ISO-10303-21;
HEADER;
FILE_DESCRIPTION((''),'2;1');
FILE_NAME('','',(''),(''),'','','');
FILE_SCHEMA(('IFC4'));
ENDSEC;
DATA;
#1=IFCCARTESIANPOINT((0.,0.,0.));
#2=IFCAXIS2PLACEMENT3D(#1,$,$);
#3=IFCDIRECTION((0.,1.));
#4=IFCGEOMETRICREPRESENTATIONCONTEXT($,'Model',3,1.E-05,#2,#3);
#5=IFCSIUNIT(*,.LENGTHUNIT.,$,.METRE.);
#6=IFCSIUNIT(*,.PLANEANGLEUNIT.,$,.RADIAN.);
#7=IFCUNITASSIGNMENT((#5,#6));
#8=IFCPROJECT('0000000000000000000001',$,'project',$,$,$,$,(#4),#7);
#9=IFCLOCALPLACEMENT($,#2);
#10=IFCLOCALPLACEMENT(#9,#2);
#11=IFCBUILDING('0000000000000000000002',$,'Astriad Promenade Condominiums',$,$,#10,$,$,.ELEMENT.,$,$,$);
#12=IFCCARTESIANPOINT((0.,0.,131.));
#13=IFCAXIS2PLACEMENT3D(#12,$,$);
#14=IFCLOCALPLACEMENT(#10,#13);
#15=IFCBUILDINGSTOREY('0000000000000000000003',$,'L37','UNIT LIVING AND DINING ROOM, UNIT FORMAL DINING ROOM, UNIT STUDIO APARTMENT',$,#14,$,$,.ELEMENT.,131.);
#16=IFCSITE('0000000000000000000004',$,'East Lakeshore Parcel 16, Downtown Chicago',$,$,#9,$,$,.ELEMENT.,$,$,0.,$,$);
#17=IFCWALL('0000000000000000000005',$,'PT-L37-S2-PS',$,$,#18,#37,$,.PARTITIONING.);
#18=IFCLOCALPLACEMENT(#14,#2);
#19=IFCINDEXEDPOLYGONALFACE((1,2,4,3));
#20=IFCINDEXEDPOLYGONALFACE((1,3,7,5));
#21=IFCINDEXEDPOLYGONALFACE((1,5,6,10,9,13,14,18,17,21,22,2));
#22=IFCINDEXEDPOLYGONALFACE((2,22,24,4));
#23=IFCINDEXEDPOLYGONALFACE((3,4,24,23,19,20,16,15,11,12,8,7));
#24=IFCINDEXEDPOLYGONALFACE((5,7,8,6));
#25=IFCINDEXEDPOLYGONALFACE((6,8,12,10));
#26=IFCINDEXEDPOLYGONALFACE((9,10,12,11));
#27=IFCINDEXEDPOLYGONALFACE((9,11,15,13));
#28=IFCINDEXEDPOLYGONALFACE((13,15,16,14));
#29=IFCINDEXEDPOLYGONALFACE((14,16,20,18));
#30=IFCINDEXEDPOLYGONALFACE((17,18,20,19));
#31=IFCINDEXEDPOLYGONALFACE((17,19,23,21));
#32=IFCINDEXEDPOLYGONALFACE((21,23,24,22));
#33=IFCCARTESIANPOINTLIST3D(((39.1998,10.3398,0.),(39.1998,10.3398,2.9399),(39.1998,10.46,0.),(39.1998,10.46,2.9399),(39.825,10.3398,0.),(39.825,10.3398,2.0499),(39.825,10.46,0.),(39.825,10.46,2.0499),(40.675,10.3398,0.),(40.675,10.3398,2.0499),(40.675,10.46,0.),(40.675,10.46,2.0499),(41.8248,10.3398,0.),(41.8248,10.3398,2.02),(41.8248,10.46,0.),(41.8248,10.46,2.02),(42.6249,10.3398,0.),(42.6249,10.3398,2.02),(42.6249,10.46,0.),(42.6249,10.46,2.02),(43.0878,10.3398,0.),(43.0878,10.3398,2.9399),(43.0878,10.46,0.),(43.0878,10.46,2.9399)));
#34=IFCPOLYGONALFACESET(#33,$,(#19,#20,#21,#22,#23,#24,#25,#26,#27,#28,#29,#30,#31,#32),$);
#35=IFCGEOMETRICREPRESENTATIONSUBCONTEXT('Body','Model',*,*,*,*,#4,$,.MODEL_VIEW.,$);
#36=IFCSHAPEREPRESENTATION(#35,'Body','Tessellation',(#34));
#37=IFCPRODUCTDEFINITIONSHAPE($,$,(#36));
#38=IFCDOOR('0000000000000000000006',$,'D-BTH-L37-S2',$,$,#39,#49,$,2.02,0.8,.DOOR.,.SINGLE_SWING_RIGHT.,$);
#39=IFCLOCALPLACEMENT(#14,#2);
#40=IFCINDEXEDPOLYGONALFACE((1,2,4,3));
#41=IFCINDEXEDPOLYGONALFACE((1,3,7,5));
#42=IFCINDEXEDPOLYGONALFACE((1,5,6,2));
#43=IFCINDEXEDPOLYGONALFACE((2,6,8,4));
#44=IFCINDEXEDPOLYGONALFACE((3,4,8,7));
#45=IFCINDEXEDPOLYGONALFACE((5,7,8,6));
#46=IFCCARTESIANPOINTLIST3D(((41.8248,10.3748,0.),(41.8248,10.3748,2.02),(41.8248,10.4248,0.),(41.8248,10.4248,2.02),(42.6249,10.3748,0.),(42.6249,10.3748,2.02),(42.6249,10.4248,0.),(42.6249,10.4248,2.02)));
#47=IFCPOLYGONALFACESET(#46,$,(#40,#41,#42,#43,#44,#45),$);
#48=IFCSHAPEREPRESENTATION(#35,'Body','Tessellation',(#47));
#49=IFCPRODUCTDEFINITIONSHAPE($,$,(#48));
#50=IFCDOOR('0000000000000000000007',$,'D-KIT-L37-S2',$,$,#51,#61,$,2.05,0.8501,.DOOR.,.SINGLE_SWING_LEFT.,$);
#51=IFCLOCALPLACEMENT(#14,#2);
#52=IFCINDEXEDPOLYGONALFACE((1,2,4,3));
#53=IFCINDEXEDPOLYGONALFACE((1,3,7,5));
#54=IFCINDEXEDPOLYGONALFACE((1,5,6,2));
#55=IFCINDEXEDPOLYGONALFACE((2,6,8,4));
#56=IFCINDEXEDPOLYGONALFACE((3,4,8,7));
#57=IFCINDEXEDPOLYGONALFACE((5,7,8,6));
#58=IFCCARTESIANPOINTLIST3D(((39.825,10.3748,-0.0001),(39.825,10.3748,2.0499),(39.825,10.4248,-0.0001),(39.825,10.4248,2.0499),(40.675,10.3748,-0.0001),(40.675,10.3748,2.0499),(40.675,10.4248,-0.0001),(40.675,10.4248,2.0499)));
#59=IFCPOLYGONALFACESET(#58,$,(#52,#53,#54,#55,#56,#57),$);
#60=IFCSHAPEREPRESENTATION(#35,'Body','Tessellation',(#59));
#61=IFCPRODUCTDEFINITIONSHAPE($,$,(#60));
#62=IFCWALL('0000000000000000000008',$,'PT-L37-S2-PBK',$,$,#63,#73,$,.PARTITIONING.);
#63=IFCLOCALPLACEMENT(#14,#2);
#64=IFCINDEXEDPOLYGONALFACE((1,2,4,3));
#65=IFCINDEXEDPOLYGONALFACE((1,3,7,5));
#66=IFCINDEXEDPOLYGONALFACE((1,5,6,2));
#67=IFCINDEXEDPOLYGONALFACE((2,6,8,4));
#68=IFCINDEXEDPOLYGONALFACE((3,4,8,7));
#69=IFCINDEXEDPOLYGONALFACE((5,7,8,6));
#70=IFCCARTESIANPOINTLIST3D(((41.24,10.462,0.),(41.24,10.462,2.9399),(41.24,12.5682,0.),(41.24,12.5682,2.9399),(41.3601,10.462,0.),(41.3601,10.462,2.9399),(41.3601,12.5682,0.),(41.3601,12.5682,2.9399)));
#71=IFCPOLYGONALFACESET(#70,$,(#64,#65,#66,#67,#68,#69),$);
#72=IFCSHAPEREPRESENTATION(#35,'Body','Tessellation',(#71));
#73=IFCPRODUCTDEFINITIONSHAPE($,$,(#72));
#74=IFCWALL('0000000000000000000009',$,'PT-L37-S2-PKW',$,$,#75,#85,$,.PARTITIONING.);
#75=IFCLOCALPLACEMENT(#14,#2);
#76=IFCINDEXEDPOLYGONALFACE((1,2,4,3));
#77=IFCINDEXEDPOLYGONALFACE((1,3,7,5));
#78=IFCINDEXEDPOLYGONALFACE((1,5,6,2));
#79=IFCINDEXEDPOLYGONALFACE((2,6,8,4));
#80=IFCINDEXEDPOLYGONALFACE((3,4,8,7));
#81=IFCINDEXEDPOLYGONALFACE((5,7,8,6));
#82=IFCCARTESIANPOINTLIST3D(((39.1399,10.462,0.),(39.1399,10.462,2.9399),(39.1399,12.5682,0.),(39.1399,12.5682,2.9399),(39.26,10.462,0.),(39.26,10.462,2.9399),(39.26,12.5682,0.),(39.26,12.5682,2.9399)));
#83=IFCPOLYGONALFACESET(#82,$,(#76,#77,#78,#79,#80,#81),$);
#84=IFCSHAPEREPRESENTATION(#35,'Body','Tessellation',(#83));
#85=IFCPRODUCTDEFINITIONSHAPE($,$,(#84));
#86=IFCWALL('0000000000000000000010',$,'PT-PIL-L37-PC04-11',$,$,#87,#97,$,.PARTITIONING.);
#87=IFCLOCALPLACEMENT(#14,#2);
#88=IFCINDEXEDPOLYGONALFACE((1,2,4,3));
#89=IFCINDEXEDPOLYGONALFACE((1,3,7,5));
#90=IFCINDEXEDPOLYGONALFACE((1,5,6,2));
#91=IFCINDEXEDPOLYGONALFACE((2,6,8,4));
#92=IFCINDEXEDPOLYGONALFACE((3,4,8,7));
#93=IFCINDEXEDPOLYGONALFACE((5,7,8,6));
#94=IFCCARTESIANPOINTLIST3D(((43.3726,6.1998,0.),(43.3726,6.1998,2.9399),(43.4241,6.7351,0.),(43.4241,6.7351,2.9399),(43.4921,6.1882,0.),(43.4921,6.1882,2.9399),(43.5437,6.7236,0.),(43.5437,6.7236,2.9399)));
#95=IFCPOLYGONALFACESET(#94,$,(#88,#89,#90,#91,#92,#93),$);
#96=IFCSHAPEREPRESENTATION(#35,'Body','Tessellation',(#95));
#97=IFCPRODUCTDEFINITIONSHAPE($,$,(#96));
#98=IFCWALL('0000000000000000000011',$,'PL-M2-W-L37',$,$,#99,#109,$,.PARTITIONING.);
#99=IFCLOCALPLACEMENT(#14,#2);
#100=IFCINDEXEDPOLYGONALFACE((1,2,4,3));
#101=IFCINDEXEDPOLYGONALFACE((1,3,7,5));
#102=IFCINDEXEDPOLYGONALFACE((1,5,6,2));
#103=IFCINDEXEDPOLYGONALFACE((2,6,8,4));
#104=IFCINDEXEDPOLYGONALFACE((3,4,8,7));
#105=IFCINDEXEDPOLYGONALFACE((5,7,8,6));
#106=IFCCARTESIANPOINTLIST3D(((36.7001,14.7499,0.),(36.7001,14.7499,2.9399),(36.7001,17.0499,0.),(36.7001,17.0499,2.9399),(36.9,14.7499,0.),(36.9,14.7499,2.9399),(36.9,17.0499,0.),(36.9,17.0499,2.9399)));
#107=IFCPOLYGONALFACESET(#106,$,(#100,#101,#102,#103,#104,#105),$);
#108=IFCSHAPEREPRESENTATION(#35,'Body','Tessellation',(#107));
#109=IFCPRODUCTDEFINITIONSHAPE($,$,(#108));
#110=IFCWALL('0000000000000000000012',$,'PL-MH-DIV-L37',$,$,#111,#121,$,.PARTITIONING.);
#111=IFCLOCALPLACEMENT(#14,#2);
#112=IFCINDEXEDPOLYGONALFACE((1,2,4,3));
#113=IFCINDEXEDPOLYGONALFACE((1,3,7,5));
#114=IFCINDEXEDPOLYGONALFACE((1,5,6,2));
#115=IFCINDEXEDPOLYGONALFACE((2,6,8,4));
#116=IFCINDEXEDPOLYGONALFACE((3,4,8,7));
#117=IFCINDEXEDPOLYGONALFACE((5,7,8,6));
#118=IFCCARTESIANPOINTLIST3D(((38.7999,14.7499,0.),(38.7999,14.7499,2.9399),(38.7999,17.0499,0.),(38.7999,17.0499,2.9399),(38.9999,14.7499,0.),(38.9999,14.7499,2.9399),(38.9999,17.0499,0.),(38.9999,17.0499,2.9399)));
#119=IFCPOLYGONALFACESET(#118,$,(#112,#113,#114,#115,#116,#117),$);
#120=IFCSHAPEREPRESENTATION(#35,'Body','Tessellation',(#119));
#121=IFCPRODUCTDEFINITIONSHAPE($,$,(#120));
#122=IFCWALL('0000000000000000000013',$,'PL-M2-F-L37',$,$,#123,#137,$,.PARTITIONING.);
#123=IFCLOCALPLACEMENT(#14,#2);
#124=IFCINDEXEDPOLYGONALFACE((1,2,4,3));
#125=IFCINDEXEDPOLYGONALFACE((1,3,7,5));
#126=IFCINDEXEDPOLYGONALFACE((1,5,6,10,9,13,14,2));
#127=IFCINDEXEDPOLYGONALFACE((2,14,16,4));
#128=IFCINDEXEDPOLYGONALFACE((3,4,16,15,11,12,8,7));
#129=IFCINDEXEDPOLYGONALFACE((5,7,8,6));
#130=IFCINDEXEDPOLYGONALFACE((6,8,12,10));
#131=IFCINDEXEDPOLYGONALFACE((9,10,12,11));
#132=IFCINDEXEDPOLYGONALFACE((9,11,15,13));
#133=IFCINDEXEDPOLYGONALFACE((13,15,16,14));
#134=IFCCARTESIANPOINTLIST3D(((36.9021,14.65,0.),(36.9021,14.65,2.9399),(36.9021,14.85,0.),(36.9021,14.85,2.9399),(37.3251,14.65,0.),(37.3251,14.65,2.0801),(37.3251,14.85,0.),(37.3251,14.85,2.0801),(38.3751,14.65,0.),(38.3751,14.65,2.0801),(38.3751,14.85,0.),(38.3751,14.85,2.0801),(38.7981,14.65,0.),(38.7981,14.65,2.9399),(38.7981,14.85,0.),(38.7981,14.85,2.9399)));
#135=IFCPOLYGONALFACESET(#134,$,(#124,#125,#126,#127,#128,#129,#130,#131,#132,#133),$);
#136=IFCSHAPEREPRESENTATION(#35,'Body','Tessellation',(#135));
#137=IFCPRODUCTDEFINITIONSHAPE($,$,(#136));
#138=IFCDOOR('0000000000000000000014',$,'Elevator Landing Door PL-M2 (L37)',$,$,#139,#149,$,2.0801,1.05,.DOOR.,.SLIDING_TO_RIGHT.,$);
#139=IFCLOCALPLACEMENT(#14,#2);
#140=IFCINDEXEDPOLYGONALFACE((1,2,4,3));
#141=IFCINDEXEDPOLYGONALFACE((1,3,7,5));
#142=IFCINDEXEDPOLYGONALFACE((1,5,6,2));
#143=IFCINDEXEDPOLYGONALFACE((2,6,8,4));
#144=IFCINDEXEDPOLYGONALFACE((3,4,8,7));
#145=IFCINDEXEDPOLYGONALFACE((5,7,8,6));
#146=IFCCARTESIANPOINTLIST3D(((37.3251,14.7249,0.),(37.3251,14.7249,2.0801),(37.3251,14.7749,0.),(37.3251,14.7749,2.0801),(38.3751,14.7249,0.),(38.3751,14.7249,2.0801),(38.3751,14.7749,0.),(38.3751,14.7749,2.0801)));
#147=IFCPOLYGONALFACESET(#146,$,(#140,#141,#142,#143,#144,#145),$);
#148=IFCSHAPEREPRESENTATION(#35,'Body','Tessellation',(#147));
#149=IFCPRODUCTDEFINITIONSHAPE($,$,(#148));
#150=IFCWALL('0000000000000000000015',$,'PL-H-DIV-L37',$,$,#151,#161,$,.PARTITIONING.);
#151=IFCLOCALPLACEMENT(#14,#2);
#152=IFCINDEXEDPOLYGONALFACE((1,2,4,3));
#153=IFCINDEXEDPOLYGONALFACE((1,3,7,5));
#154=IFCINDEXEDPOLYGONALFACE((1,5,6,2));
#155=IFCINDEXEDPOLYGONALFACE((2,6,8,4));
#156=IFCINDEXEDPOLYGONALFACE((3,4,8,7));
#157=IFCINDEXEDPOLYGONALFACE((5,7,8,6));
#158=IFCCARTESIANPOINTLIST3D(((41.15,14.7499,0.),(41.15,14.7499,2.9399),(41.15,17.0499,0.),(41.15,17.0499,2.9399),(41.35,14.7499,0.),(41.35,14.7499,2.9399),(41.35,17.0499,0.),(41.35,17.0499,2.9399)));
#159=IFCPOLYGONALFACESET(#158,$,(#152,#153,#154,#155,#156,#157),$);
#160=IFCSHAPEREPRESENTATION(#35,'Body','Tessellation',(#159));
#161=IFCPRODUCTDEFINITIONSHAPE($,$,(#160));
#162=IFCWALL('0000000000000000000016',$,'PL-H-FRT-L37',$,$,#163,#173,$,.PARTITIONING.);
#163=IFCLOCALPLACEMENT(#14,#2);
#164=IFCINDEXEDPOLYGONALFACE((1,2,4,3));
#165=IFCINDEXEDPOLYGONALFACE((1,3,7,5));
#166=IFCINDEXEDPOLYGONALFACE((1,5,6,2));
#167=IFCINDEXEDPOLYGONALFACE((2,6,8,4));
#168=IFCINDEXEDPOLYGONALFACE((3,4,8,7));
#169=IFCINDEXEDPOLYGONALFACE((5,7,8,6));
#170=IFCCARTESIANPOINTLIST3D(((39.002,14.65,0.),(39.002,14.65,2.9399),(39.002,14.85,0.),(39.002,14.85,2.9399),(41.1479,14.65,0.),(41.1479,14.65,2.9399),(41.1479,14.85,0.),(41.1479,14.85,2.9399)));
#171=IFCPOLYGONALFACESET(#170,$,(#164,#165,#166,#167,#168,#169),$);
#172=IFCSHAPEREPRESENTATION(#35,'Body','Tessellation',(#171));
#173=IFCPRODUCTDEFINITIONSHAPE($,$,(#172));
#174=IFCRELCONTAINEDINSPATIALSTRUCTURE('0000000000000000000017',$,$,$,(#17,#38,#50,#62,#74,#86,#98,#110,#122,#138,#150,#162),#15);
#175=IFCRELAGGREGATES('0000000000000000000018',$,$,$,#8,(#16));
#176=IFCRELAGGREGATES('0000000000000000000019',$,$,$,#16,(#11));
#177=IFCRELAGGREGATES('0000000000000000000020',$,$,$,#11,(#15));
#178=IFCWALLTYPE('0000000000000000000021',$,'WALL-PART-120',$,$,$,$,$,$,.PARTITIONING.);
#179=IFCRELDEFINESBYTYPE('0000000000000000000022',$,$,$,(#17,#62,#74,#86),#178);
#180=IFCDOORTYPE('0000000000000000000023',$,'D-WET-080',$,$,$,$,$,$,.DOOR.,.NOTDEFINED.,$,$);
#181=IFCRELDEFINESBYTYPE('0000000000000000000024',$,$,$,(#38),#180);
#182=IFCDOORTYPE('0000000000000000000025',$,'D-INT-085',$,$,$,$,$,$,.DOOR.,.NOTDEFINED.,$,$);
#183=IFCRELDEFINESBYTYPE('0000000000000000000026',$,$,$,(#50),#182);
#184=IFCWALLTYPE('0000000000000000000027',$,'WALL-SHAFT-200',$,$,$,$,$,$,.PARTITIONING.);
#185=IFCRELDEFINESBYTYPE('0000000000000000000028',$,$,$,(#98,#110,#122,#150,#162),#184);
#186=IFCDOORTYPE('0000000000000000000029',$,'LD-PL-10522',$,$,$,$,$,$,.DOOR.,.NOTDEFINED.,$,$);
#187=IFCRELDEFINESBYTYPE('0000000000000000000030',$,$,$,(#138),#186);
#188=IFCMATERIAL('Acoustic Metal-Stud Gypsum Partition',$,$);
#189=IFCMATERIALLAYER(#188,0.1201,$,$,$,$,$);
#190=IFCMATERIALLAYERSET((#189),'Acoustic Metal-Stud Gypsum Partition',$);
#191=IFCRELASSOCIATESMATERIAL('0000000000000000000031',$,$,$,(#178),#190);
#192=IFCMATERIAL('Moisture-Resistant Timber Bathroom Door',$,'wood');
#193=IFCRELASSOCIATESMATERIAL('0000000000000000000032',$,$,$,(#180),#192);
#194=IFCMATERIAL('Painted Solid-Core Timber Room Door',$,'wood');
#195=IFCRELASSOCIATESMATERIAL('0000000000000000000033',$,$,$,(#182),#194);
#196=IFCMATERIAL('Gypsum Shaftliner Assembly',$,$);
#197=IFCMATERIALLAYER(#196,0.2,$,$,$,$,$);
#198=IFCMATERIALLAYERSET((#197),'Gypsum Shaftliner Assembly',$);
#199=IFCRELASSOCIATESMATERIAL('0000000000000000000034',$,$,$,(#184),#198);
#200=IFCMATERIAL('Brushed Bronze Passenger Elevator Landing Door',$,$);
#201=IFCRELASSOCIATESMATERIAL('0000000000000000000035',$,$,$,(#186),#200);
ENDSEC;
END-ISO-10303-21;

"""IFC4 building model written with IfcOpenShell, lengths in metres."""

from ifc_helpers import new_model, si_unit, direction, frame, frame_2d, origin, place, context, subcontext, project, spatial, rectangle, extrude, source, transform, mapped, material, layer, layer_set, type_object, type_shapes, element, fill, save


model = new_model("IFC4")

# Units and contexts
model_context = context("Model", 3, precision=1e-05, world=origin(), true_north=direction((0.0, 1.0)))
body_context = subcontext(model_context, "Body", "Model", "MODEL_VIEW")
ifc_project = project(units=[si_unit("LENGTHUNIT", "METRE"), si_unit("PLANEANGLEUNIT", "RADIAN")], contexts=[model_context])

# Site, building, storey
site_placement = place(None, origin())
site = spatial("IfcSite", under=ifc_project, at=site_placement, Name="East Lakeshore Parcel 16, Downtown Chicago", CompositionType="ELEMENT", RefElevation=0.0)
building_placement = place(site_placement, origin())
building = spatial("IfcBuilding", under=site, at=building_placement, Name="Astriad Promenade Condominiums", CompositionType="ELEMENT")
storey_placement = place(building_placement, frame((0.0, 0.0, 131.0)))
storey = spatial("IfcBuildingStorey", under=building, at=storey_placement, Name="L37", Description="UNIT LIVING AND DINING ROOM, UNIT FORMAL DINING ROOM, UNIT STUDIO APARTMENT", CompositionType="ELEMENT", Elevation=131.0)

# Shared definitions
ifc_material_1 = material(Name="Acoustic Metal-Stud Gypsum Partition")
ifc_layer_1 = layer(ifc_material_1, 0.1201)
ifc_layer_set_1 = layer_set([ifc_layer_1], Name="Acoustic Metal-Stud Gypsum Partition")
wall_type_1 = type_object("IfcWallType", Name="WALL-PART-120", PredefinedType="PARTITIONING", material=ifc_layer_set_1)

# Wall, openings, doors
wall_1_placement = place(storey_placement, frame((39.2, 10.3999, 0.0), z_axis=(0.0, 0.0, 1.0), x_axis=(1.0, 0.0, 0.0)))
wall_1 = element("IfcWall", 1, at=wall_1_placement, inside=storey, type_object=wall_type_1, Name="PT-L37-S2-PS", PredefinedType="PARTITIONING", context=body_context, shape_type="SweptSolid", body=[
    extrude(rectangle(XDim=3.8879, YDim=0.1201, at=frame_2d((1.9438, 0.0))), origin(), (0.0, 0.0, 1.0), 2.9399),
])
opening_1_placement = place(wall_1_placement, frame((0.625, 0.0, 0.0)))
opening_1 = element("IfcOpeningElement", 2, at=opening_1_placement, cuts=wall_1, PredefinedType="OPENING", context=body_context, shape_type="SweptSolid", body=[
    extrude(rectangle(XDim=0.8501, YDim=2.05, at=frame_2d((0.425, 1.0249))), frame((0.0, 0.0701, 0.0), z_axis=(0.0, -1.0, 0.0), x_axis=(1.0, 0.0, 0.0)), (0.0, 0.0, 1.0), 0.1401),
])
opening_2_placement = place(wall_1_placement, frame((2.625, 0.0, 0.0)))
opening_2 = element("IfcOpeningElement", 3, at=opening_2_placement, cuts=wall_1, PredefinedType="OPENING", context=body_context, shape_type="SweptSolid", body=[
    extrude(rectangle(XDim=0.8, YDim=2.02, at=frame_2d((0.3999, 1.01))), frame((0.0, 0.0701, 0.0), z_axis=(0.0, -1.0, 0.0), x_axis=(1.0, 0.0, 0.0)), (0.0, 0.0, 1.0), 0.1401),
])
ifc_material_2 = material(Name="Moisture-Resistant Timber Bathroom Door", Category="wood")
door_type_1 = type_object("IfcDoorType", Name="D-WET-080", OperationType="NOTDEFINED", PredefinedType="DOOR", material=ifc_material_2)
shared_shape_1 = source(origin(), body_context, "Body", "SweptSolid", [
    extrude(rectangle(XDim=0.8, YDim=2.02, at=frame_2d((0.3999, 1.01))), frame((0.0, 0.0249, 0.0), z_axis=(0.0, -1.0, 0.0), x_axis=(1.0, 0.0, 0.0)), (0.0, 0.0, 1.0), 0.05),
])
type_shapes(door_type_1, [shared_shape_1])
door_1_placement = place(opening_2_placement, origin())
door_1 = element("IfcDoor", 4, at=door_1_placement, inside=storey, type_object=door_type_1, Name="D-BTH-L37-S2", OperationType="SINGLE_SWING_RIGHT", OverallHeight=2.02, OverallWidth=0.8, PredefinedType="DOOR", context=body_context, shape_type="MappedRepresentation", body=[
    mapped(shared_shape_1, transform((0.0, 0.0, 0.0), scale=1.0)),
])
fill(opening_2, door_1)
ifc_material_3 = material(Name="Painted Solid-Core Timber Room Door", Category="wood")
door_type_2 = type_object("IfcDoorType", Name="D-INT-085", OperationType="NOTDEFINED", PredefinedType="DOOR", material=ifc_material_3)
shared_shape_2 = source(origin(), body_context, "Body", "SweptSolid", [
    extrude(rectangle(XDim=0.8501, YDim=2.05, at=frame_2d((0.425, 1.0249))), frame((0.0, 0.0249, 0.0), z_axis=(0.0, -1.0, 0.0), x_axis=(1.0, 0.0, 0.0)), (0.0, 0.0, 1.0), 0.05),
])
type_shapes(door_type_2, [shared_shape_2])
door_2_placement = place(opening_1_placement, origin())
door_2 = element("IfcDoor", 5, at=door_2_placement, inside=storey, type_object=door_type_2, Name="D-KIT-L37-S2", OperationType="SINGLE_SWING_LEFT", OverallHeight=2.05, OverallWidth=0.8501, PredefinedType="DOOR", context=body_context, shape_type="MappedRepresentation", body=[
    mapped(shared_shape_2, transform((0.0, 0.0, 0.0), scale=1.0)),
])
fill(opening_1, door_2)

# Walls
for number, where, z_axis, x_axis, name in (
    (6, (41.3, 10.4619, 0.0), (0.0, 0.0, 1.0), (0.0, 1.0, 0.0), "PT-L37-S2-PBK"),
    (7, (39.2, 10.4619, 0.0), (0.0, 0.0, 1.0), (0.0, 1.0, 0.0), "PT-L37-S2-PKW"),
):
    element("IfcWall", number, at=place(storey_placement, frame(where, z_axis=z_axis, x_axis=x_axis)), inside=storey, type_object=wall_type_1, Name=name, PredefinedType="PARTITIONING", context=body_context, shape_type="SweptSolid", body=[
        extrude(rectangle(XDim=2.1062, YDim=0.1201, at=frame_2d((1.0532, 0.0))), origin(), (0.0, 0.0, 1.0), 2.9399),
    ])
wall_2_placement = place(storey_placement, frame((43.4839, 6.7295, 0.0), z_axis=(0.0, 0.0, 1.0), x_axis=(-0.095773, -0.995403, 0.0)))
element("IfcWall", 8, at=wall_2_placement, inside=storey, type_object=wall_type_1, Name="PT-PIL-L37-PC04-11", PredefinedType="PARTITIONING", context=body_context, shape_type="SweptSolid", body=[
    extrude(rectangle(XDim=0.5378, YDim=0.1201, at=frame_2d((0.269, 0.0))), origin(), (0.0, 0.0, 1.0), 2.9399),
])
ifc_material_4 = material(Name="Gypsum Shaftliner Assembly")
ifc_layer_2 = layer(ifc_material_4, 0.2)
ifc_layer_set_2 = layer_set([ifc_layer_2], Name="Gypsum Shaftliner Assembly")
wall_type_2 = type_object("IfcWallType", Name="WALL-SHAFT-200", PredefinedType="PARTITIONING", material=ifc_layer_set_2)
for number, where, z_axis, x_axis, name in (
    (9, (36.8, 14.75, 0.0), (0.0, 0.0, 1.0), (0.0, 1.0, 0.0), "PL-M2-W-L37"),
    (10, (38.8999, 14.75, 0.0), (0.0, 0.0, 1.0), (0.0, 1.0, 0.0), "PL-MH-DIV-L37"),
):
    element("IfcWall", number, at=place(storey_placement, frame(where, z_axis=z_axis, x_axis=x_axis)), inside=storey, type_object=wall_type_2, Name=name, PredefinedType="PARTITIONING", context=body_context, shape_type="SweptSolid", body=[
        extrude(rectangle(XDim=2.3, YDim=0.2, at=frame_2d((1.1499, 0.0))), origin(), (0.0, 0.0, 1.0), 2.9399),
    ])

# Wall, opening, door
wall_3_placement = place(storey_placement, frame((36.9021, 14.75, 0.0), z_axis=(0.0, 0.0, 1.0), x_axis=(1.0, 0.0, 0.0)))
wall_3 = element("IfcWall", 11, at=wall_3_placement, inside=storey, type_object=wall_type_2, Name="PL-M2-F-L37", PredefinedType="PARTITIONING", context=body_context, shape_type="SweptSolid", body=[
    extrude(rectangle(XDim=1.896, YDim=0.2, at=frame_2d((0.948, 0.0))), origin(), (0.0, 0.0, 1.0), 2.9399),
])
opening_3_placement = place(wall_3_placement, frame((0.4231, 0.0, 0.0)))
opening_3 = element("IfcOpeningElement", 12, at=opening_3_placement, cuts=wall_3, PredefinedType="OPENING", context=body_context, shape_type="SweptSolid", body=[
    extrude(rectangle(XDim=1.05, YDim=2.0801, at=frame_2d((0.5249, 1.04))), frame((0.0, 0.1099, 0.0), z_axis=(0.0, -1.0, 0.0), x_axis=(1.0, 0.0, 0.0)), (0.0, 0.0, 1.0), 0.22),
])
ifc_material_5 = material(Name="Brushed Bronze Passenger Elevator Landing Door")
door_type_3 = type_object("IfcDoorType", Name="LD-PL-10522", OperationType="NOTDEFINED", PredefinedType="DOOR", material=ifc_material_5)
shared_shape_3 = source(origin(), body_context, "Body", "SweptSolid", [
    extrude(rectangle(XDim=1.05, YDim=2.0801, at=frame_2d((0.5249, 1.04))), frame((0.0, 0.0249, 0.0), z_axis=(0.0, -1.0, 0.0), x_axis=(1.0, 0.0, 0.0)), (0.0, 0.0, 1.0), 0.05),
])
type_shapes(door_type_3, [shared_shape_3])
door_3_placement = place(opening_3_placement, origin())
door_3 = element("IfcDoor", 13, at=door_3_placement, inside=storey, type_object=door_type_3, Name="Elevator Landing Door PL-M2 (L37)", OperationType="SLIDING_TO_RIGHT", OverallHeight=2.0801, OverallWidth=1.05, PredefinedType="DOOR", context=body_context, shape_type="MappedRepresentation", body=[
    mapped(shared_shape_3, transform((0.0, 0.0, 0.0), scale=1.0)),
])
fill(opening_3, door_3)

# Walls
wall_4_placement = place(storey_placement, frame((41.25, 14.75, 0.0), z_axis=(0.0, 0.0, 1.0), x_axis=(0.0, 1.0, 0.0)))
element("IfcWall", 14, at=wall_4_placement, inside=storey, type_object=wall_type_2, Name="PL-H-DIV-L37", PredefinedType="PARTITIONING", context=body_context, shape_type="SweptSolid", body=[
    extrude(rectangle(XDim=2.3, YDim=0.2, at=frame_2d((1.1499, 0.0))), origin(), (0.0, 0.0, 1.0), 2.9399),
])
for number, where, z_axis, x_axis, name in (
    (15, (39.002, 14.75, 0.0), (0.0, 0.0, 1.0), (1.0, 0.0, 0.0), "PL-H-FRT-L37"),
):
    element("IfcWall", number, at=place(storey_placement, frame(where, z_axis=z_axis, x_axis=x_axis)), inside=storey, type_object=wall_type_2, Name=name, PredefinedType="PARTITIONING", context=body_context, shape_type="SweptSolid", body=[
        extrude(rectangle(XDim=2.146, YDim=0.2, at=frame_2d((1.073, 0.0))), origin(), (0.0, 0.0, 1.0), 2.9399),
    ])

save(model, "model.ifc")
